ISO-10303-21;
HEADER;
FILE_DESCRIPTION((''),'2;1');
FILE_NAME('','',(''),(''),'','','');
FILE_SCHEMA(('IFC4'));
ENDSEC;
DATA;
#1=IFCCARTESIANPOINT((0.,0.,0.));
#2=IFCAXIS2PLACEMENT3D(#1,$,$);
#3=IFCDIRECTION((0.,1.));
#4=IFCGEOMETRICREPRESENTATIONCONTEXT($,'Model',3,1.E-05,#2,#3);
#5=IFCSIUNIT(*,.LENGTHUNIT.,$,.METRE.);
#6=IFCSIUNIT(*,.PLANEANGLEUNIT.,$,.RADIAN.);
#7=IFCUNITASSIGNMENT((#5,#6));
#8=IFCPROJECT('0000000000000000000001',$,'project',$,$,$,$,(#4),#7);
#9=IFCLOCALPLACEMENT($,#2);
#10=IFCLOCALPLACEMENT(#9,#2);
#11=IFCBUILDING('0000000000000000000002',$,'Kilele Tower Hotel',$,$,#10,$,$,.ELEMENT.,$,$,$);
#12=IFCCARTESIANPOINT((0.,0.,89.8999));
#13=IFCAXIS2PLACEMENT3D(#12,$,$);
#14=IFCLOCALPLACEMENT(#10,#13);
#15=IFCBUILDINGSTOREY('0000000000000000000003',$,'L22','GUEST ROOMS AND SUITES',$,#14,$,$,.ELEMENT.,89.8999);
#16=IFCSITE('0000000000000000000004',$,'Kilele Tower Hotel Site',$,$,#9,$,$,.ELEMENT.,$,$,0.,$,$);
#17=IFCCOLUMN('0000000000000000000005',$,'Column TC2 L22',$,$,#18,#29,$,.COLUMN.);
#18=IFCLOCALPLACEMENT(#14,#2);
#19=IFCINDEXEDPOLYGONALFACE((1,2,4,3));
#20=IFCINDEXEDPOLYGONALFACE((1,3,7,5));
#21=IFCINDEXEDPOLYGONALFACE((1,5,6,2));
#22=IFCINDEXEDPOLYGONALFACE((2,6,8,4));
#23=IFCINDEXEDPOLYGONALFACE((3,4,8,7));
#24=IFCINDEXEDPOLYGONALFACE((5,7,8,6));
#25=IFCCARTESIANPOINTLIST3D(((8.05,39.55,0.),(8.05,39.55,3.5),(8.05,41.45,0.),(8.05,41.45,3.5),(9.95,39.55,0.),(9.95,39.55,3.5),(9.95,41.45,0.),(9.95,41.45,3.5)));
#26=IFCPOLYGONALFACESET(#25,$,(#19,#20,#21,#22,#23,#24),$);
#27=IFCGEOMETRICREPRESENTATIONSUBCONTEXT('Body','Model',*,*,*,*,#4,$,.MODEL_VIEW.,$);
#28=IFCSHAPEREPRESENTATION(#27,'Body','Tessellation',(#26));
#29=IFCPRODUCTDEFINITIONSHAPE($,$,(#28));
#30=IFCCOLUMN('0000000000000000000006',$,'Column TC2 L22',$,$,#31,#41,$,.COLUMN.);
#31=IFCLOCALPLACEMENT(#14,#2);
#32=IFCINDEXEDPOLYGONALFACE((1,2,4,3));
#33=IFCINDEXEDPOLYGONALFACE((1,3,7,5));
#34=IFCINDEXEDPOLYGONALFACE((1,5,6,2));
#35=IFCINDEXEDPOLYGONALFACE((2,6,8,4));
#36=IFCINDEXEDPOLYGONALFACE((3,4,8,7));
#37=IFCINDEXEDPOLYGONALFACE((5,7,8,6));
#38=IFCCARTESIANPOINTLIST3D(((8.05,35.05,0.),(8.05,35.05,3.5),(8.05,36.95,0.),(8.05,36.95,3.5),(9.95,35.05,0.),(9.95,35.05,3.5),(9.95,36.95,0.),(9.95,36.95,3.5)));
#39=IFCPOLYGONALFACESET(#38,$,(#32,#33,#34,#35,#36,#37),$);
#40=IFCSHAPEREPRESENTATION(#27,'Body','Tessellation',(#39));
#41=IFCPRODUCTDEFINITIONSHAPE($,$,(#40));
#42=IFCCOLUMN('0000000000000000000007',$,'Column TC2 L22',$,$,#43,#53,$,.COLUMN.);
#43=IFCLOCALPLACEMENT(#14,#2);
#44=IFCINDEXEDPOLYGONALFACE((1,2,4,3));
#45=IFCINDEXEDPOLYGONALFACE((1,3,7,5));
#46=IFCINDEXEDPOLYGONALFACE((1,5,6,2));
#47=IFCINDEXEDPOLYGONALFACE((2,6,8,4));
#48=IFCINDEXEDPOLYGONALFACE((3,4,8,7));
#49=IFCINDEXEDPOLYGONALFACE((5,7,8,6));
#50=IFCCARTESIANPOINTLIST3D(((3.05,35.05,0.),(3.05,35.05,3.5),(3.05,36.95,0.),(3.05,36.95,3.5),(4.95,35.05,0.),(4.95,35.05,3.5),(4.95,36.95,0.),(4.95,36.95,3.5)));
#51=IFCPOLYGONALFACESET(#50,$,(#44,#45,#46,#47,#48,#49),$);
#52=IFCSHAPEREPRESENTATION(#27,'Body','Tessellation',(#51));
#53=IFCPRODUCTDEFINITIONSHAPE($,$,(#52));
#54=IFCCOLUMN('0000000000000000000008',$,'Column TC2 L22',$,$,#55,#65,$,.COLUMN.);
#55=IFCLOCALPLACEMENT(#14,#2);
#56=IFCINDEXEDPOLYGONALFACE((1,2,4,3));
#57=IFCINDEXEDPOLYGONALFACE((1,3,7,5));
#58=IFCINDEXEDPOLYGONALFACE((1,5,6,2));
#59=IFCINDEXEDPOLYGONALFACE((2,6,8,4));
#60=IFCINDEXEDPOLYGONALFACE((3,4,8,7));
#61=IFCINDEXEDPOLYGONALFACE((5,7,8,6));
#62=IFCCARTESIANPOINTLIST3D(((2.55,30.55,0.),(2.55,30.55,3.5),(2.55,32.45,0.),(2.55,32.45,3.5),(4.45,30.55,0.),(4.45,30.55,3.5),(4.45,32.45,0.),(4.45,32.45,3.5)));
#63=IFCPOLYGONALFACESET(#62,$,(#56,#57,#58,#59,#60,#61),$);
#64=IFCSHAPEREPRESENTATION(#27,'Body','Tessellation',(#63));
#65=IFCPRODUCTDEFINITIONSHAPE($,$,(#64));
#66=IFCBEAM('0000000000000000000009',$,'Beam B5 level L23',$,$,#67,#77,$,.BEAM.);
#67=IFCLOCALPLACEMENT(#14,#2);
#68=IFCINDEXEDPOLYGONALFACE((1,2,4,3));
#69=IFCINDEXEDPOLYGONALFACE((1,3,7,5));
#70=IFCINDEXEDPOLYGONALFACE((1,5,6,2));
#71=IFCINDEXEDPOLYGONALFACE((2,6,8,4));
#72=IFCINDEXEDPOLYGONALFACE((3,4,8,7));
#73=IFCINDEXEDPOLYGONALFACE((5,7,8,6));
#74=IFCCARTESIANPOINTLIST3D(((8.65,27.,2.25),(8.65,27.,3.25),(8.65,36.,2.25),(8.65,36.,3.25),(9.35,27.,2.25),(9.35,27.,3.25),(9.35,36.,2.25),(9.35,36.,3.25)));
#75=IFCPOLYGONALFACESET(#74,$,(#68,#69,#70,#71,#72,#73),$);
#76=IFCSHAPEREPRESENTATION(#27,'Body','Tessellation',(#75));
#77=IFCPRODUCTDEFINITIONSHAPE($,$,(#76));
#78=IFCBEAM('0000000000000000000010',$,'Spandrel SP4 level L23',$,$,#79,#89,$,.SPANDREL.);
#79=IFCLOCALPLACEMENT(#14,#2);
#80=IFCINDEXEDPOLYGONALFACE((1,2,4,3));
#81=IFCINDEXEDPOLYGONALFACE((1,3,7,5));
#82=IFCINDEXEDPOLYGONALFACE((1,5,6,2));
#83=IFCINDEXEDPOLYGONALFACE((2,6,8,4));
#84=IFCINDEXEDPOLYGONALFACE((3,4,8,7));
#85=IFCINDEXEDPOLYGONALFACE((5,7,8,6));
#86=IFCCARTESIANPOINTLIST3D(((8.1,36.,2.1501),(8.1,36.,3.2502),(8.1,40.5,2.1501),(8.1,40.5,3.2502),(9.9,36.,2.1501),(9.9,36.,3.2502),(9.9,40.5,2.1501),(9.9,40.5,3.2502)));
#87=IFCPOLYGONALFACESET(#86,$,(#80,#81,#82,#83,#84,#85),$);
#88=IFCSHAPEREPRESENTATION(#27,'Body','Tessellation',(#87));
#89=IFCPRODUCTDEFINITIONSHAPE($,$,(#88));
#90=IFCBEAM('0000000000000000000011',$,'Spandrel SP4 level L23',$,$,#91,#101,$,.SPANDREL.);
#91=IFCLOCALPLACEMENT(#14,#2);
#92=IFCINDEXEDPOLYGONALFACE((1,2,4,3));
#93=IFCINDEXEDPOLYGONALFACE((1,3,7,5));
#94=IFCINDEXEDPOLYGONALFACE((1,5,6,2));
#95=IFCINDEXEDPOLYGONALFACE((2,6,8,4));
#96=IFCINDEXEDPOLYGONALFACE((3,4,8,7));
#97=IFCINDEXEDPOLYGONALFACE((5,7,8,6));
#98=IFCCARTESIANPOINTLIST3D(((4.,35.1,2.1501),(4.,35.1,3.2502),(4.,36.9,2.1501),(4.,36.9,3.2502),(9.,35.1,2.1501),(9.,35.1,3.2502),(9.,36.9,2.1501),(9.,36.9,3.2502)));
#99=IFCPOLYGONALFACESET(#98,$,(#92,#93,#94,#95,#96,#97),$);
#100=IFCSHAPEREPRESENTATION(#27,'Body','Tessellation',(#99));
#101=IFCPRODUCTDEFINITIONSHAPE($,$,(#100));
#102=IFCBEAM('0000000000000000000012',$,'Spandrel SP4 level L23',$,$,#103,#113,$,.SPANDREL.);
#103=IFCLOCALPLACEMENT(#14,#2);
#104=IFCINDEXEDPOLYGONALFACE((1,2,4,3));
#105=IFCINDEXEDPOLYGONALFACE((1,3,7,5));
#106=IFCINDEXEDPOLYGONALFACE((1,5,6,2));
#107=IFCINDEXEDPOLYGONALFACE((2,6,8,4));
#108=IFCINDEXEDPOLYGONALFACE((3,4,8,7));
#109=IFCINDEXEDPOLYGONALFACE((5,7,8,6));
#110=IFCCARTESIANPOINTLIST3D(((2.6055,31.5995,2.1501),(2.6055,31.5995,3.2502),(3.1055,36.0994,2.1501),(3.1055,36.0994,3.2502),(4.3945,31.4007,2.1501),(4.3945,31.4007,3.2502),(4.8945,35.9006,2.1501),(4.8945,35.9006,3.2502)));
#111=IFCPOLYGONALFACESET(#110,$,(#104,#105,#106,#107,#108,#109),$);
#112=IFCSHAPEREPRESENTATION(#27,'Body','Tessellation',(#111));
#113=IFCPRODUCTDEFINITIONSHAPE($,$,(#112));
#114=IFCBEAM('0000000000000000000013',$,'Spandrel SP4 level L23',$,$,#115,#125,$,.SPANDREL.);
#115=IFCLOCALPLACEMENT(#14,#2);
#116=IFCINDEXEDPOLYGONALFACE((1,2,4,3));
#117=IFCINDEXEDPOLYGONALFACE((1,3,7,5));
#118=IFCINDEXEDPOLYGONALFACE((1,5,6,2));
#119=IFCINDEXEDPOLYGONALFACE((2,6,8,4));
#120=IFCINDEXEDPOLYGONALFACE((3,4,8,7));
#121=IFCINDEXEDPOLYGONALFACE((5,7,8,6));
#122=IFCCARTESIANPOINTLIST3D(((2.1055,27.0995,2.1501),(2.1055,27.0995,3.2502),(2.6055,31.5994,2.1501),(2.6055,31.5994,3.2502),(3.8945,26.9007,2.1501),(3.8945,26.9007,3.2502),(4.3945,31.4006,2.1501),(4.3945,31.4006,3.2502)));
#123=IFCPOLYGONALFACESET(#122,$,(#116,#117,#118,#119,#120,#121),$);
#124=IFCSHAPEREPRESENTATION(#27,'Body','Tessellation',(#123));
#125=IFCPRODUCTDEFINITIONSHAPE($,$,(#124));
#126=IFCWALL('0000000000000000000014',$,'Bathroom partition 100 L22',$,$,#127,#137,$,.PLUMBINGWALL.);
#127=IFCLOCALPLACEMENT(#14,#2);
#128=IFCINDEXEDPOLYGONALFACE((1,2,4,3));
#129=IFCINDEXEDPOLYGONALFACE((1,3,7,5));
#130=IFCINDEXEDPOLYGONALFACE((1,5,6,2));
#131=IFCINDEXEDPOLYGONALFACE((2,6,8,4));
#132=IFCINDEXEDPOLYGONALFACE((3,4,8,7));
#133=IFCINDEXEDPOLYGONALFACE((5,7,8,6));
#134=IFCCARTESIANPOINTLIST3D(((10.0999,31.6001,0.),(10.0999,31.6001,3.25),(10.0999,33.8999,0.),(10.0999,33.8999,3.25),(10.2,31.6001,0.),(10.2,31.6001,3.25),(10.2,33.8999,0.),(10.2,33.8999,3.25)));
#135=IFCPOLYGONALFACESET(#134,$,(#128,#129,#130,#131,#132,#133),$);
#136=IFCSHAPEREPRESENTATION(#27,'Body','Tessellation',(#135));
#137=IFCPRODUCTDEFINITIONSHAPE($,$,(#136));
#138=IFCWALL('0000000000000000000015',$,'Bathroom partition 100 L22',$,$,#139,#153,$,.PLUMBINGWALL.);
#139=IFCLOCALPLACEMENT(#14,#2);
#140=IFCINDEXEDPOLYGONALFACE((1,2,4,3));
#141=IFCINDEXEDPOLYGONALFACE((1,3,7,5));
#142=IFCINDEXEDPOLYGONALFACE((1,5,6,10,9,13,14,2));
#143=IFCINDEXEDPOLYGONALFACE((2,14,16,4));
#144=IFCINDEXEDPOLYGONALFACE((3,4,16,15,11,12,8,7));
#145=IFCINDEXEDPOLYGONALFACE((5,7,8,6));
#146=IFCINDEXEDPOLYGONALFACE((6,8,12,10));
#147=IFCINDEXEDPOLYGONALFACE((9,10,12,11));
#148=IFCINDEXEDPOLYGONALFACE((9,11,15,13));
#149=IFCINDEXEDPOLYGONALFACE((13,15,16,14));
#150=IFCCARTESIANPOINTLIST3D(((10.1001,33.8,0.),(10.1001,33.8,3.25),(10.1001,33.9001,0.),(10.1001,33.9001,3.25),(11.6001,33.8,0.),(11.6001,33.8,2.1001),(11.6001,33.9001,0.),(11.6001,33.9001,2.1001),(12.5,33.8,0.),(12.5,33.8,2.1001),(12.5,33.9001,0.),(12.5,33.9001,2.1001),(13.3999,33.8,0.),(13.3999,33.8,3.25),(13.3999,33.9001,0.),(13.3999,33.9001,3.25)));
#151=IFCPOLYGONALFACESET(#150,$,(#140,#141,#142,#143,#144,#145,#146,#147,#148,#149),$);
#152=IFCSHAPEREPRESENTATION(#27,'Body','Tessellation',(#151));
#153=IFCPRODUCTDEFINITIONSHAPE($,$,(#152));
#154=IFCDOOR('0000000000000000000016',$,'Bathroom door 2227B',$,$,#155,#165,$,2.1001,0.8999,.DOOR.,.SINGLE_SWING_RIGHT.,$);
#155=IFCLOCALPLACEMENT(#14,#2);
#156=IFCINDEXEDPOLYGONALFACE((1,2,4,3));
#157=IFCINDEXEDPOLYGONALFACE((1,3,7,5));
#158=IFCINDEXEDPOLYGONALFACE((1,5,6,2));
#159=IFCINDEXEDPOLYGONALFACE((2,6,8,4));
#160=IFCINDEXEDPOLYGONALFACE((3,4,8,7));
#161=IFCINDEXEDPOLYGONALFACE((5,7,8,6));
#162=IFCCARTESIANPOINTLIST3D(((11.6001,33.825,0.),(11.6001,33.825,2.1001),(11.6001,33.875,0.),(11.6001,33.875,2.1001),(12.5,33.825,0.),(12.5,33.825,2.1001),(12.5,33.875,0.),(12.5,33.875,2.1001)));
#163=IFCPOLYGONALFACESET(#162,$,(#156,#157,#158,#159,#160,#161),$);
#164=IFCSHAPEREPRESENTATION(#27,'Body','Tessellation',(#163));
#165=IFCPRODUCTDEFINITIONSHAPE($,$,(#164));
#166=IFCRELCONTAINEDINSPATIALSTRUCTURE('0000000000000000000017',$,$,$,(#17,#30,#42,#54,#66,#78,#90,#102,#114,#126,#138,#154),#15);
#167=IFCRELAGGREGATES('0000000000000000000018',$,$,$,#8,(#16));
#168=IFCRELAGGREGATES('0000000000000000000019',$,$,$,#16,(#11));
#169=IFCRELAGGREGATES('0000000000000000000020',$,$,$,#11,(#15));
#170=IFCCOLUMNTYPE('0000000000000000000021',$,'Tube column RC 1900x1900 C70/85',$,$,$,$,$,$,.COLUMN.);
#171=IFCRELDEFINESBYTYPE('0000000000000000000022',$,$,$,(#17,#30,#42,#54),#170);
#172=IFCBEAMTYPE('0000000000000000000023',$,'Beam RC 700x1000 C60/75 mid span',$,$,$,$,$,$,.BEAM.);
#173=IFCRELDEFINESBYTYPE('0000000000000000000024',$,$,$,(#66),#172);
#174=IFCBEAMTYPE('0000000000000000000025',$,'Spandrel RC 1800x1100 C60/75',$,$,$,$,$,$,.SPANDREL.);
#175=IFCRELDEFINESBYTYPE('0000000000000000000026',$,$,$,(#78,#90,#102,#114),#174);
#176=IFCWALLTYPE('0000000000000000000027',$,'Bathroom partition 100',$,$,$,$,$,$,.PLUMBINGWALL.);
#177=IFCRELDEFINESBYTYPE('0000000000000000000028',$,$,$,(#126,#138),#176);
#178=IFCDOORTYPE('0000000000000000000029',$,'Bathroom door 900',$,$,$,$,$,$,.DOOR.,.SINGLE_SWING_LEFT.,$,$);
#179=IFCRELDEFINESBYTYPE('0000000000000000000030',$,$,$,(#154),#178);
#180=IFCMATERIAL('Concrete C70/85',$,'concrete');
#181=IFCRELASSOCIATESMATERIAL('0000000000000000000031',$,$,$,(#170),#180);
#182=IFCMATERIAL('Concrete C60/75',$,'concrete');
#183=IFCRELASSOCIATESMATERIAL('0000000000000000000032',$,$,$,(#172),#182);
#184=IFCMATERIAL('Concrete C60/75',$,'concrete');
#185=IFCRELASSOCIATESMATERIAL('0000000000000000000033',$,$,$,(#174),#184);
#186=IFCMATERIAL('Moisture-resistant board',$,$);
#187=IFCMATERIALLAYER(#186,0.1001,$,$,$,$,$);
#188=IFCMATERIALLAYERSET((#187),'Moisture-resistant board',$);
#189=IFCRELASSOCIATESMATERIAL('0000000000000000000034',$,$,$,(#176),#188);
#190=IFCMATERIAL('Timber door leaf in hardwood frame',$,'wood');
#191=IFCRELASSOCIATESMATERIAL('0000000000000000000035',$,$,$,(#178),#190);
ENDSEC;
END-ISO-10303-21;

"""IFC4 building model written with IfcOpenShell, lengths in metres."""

from ifc_helpers import new_model, si_unit, direction, frame, frame_2d, origin, origin_2d, place, context, subcontext, project, spatial, rectangle, extrude, material, layer, layer_set, material_profile, profile_set, type_object, element, fill, save


model = new_model("IFC4")

# Units and contexts
model_context = context("Model", 3, precision=1e-05, world=origin(), true_north=direction((0.0, 1.0)))
body_context = subcontext(model_context, "Body", "Model", "MODEL_VIEW")
ifc_project = project(units=[si_unit("LENGTHUNIT", "METRE"), si_unit("PLANEANGLEUNIT", "RADIAN")], contexts=[model_context])

# Site, building, storey
site_placement = place(None, origin())
site = spatial("IfcSite", under=ifc_project, at=site_placement, Name="Kilele Tower Hotel Site", CompositionType="ELEMENT", RefElevation=0.0)
building_placement = place(site_placement, origin())
building = spatial("IfcBuilding", under=site, at=building_placement, Name="Kilele Tower Hotel", CompositionType="ELEMENT")
storey_placement = place(building_placement, frame((0.0, 0.0, 89.8999)))
storey = spatial("IfcBuildingStorey", under=building, at=storey_placement, Name="L22", Description="GUEST ROOMS AND SUITES", CompositionType="ELEMENT", Elevation=89.8999)

# Columns
ifc_material_1 = material(Name="Concrete C70/85", Category="concrete")
ifc_material_profile_1 = material_profile(ifc_material_1, rectangle(XDim=1.8999, YDim=1.8999, at=origin_2d()))
ifc_profile_set_1 = profile_set([ifc_material_profile_1], Name="Concrete C70/85")
column_type = type_object("IfcColumnType", Name="Tube column RC 1900x1900 C70/85", PredefinedType="COLUMN", material=ifc_profile_set_1)
for number, where, z_axis, x_axis, name in (
    (1, (9.0, 40.5, 0.0), (0.0, 0.0, 1.0), (1.0, 0.0, 0.0), "Column TC2 L22"),
    (2, (9.0, 36.0, 0.0), (0.0, 0.0, 1.0), (1.0, 0.0, 0.0), "Column TC2 L22"),
    (3, (4.0, 36.0, 0.0), (0.0, 0.0, 1.0), (1.0, 0.0, 0.0), "Column TC2 L22"),
    (4, (3.5, 31.5, 0.0), (0.0, 0.0, 1.0), (1.0, 0.0, 0.0), "Column TC2 L22"),
):
    element("IfcColumn", number, at=place(storey_placement, frame(where, z_axis=z_axis, x_axis=x_axis)), inside=storey, type_object=column_type, Name=name, PredefinedType="COLUMN", context=body_context, shape_type="SweptSolid", body=[
        extrude(rectangle(XDim=1.8999, YDim=1.8999, at=origin_2d()), origin(), (0.0, 0.0, 1.0), 3.5),
    ])

# Beams
ifc_material_2 = material(Name="Concrete C60/75", Category="concrete")
ifc_material_profile_2 = material_profile(ifc_material_2, rectangle(XDim=0.7, YDim=1.0, at=origin_2d()))
ifc_profile_set_2 = profile_set([ifc_material_profile_2], Name="Concrete C60/75")
beam_type_1 = type_object("IfcBeamType", Name="Beam RC 700x1000 C60/75 mid span", PredefinedType="BEAM", material=ifc_profile_set_2)
beam_1_placement = place(storey_placement, frame((9.0, 36.0, 2.75), z_axis=(0.0, -1.0, 0.0), x_axis=(1.0, 0.0, 0.0)))
element("IfcBeam", 5, at=beam_1_placement, inside=storey, type_object=beam_type_1, Name="Beam B5 level L23", PredefinedType="BEAM", context=body_context, shape_type="SweptSolid", body=[
    extrude(rectangle(XDim=0.7, YDim=1.0, at=origin_2d()), origin(), (0.0, 0.0, 1.0), 9.0),
])
ifc_material_3 = material(Name="Concrete C60/75", Category="concrete")
ifc_material_profile_3 = material_profile(ifc_material_3, rectangle(XDim=1.8, YDim=1.1001, at=origin_2d()))
ifc_profile_set_3 = profile_set([ifc_material_profile_3], Name="Concrete C60/75")
beam_type_2 = type_object("IfcBeamType", Name="Spandrel RC 1800x1100 C60/75", PredefinedType="SPANDREL", material=ifc_profile_set_3)
beam_2_placement = place(storey_placement, frame((9.0, 40.5, 2.7002), z_axis=(0.0, -1.0, 0.0), x_axis=(1.0, 0.0, 0.0)))
element("IfcBeam", 6, at=beam_2_placement, inside=storey, type_object=beam_type_2, Name="Spandrel SP4 level L23", PredefinedType="SPANDREL", context=body_context, shape_type="SweptSolid", body=[
    extrude(rectangle(XDim=1.8, YDim=1.1001, at=origin_2d()), origin(), (0.0, 0.0, 1.0), 4.5),
])
beam_3_placement = place(storey_placement, frame((9.0, 36.0, 2.7002), z_axis=(-1.0, 0.0, 0.0), x_axis=(0.0, -1.0, 0.0)))
element("IfcBeam", 7, at=beam_3_placement, inside=storey, type_object=beam_type_2, Name="Spandrel SP4 level L23", PredefinedType="SPANDREL", context=body_context, shape_type="SweptSolid", body=[
    extrude(rectangle(XDim=1.8, YDim=1.1001, at=origin_2d()), origin(), (0.0, 0.0, 1.0), 5.0),
])
for number, where, z_axis, x_axis, name in (
    (8, (4.0, 36.0, 2.7002), (-0.110432, -0.993884, 0.0), (0.993884, -0.110432, 0.0), "Spandrel SP4 level L23"),
    (9, (3.5, 31.5, 2.7002), (-0.110432, -0.993884, 0.0), (0.993884, -0.110432, 0.0), "Spandrel SP4 level L23"),
):
    element("IfcBeam", number, at=place(storey_placement, frame(where, z_axis=z_axis, x_axis=x_axis)), inside=storey, type_object=beam_type_2, Name=name, PredefinedType="SPANDREL", context=body_context, shape_type="SweptSolid", body=[
        extrude(rectangle(XDim=1.8, YDim=1.1001, at=origin_2d()), origin(), (0.0, 0.0, 1.0), 4.5276),
    ])

# Wall
ifc_material_4 = material(Name="Moisture-resistant board")
ifc_layer_1 = layer(ifc_material_4, 0.1001)
ifc_layer_set_1 = layer_set([ifc_layer_1], Name="Moisture-resistant board")
wall_type_1 = type_object("IfcWallType", Name="Bathroom partition 100", PredefinedType="PLUMBINGWALL", material=ifc_layer_set_1)
wall_1_placement = place(storey_placement, frame((10.1499, 31.6001, 0.0), z_axis=(0.0, 0.0, 1.0), x_axis=(0.0, 1.0, 0.0)))
element("IfcWall", 10, at=wall_1_placement, inside=storey, type_object=wall_type_1, Name="Bathroom partition 100 L22", PredefinedType="PLUMBINGWALL", context=body_context, shape_type="SweptSolid", body=[
    extrude(rectangle(XDim=2.2998, YDim=0.1001, at=frame_2d((1.1499, 0.0))), origin(), (0.0, 0.0, 1.0), 3.25),
])

# Wall, opening, door
wall_2_placement = place(storey_placement, frame((13.3999, 33.8501, 0.0), z_axis=(0.0, 0.0, 1.0), x_axis=(-1.0, 0.0, 0.0)))
wall_2 = element("IfcWall", 11, at=wall_2_placement, inside=storey, type_object=wall_type_1, Name="Bathroom partition 100 L22", PredefinedType="PLUMBINGWALL", context=body_context, shape_type="SweptSolid", body=[
    extrude(rectangle(XDim=3.2998, YDim=0.1001, at=frame_2d((1.6499, 0.0))), origin(), (0.0, 0.0, 1.0), 3.25),
])
opening_1_placement = place(wall_2_placement, frame((1.7998, 0.0, 0.0), z_axis=(0.0, 0.0, 1.0), x_axis=(-1.0, 0.0, 0.0)))
opening_1 = element("IfcOpeningElement", 12, at=opening_1_placement, cuts=wall_2, PredefinedType="OPENING", context=body_context, shape_type="SweptSolid", body=[
    extrude(rectangle(XDim=0.8999, YDim=2.1001, at=frame_2d((0.45, 1.05))), frame((0.0, 0.0601, 0.0), z_axis=(0.0, -1.0, 0.0), x_axis=(1.0, 0.0, 0.0)), (0.0, 0.0, 1.0), 0.1201),
])
ifc_material_5 = material(Name="Timber door leaf in hardwood frame", Category="wood")
door_type_1 = type_object("IfcDoorType", Name="Bathroom door 900", OperationType="SINGLE_SWING_LEFT", PredefinedType="DOOR", material=ifc_material_5)
door_1_placement = place(opening_1_placement, origin())
door_1 = element("IfcDoor", 13, at=door_1_placement, inside=storey, type_object=door_type_1, Name="Bathroom door 2227B", OperationType="SINGLE_SWING_RIGHT", OverallHeight=2.1001, OverallWidth=0.8999, PredefinedType="DOOR", context=body_context, shape_type="SweptSolid", body=[
    extrude(rectangle(XDim=0.8999, YDim=2.1001, at=frame_2d((0.45, 1.05))), frame((0.0, 0.0249, 0.0), z_axis=(0.0, -1.0, 0.0), x_axis=(1.0, 0.0, 0.0)), (0.0, 0.0, 1.0), 0.05),
])
fill(opening_1, door_1)

save(model, "model.ifc")
